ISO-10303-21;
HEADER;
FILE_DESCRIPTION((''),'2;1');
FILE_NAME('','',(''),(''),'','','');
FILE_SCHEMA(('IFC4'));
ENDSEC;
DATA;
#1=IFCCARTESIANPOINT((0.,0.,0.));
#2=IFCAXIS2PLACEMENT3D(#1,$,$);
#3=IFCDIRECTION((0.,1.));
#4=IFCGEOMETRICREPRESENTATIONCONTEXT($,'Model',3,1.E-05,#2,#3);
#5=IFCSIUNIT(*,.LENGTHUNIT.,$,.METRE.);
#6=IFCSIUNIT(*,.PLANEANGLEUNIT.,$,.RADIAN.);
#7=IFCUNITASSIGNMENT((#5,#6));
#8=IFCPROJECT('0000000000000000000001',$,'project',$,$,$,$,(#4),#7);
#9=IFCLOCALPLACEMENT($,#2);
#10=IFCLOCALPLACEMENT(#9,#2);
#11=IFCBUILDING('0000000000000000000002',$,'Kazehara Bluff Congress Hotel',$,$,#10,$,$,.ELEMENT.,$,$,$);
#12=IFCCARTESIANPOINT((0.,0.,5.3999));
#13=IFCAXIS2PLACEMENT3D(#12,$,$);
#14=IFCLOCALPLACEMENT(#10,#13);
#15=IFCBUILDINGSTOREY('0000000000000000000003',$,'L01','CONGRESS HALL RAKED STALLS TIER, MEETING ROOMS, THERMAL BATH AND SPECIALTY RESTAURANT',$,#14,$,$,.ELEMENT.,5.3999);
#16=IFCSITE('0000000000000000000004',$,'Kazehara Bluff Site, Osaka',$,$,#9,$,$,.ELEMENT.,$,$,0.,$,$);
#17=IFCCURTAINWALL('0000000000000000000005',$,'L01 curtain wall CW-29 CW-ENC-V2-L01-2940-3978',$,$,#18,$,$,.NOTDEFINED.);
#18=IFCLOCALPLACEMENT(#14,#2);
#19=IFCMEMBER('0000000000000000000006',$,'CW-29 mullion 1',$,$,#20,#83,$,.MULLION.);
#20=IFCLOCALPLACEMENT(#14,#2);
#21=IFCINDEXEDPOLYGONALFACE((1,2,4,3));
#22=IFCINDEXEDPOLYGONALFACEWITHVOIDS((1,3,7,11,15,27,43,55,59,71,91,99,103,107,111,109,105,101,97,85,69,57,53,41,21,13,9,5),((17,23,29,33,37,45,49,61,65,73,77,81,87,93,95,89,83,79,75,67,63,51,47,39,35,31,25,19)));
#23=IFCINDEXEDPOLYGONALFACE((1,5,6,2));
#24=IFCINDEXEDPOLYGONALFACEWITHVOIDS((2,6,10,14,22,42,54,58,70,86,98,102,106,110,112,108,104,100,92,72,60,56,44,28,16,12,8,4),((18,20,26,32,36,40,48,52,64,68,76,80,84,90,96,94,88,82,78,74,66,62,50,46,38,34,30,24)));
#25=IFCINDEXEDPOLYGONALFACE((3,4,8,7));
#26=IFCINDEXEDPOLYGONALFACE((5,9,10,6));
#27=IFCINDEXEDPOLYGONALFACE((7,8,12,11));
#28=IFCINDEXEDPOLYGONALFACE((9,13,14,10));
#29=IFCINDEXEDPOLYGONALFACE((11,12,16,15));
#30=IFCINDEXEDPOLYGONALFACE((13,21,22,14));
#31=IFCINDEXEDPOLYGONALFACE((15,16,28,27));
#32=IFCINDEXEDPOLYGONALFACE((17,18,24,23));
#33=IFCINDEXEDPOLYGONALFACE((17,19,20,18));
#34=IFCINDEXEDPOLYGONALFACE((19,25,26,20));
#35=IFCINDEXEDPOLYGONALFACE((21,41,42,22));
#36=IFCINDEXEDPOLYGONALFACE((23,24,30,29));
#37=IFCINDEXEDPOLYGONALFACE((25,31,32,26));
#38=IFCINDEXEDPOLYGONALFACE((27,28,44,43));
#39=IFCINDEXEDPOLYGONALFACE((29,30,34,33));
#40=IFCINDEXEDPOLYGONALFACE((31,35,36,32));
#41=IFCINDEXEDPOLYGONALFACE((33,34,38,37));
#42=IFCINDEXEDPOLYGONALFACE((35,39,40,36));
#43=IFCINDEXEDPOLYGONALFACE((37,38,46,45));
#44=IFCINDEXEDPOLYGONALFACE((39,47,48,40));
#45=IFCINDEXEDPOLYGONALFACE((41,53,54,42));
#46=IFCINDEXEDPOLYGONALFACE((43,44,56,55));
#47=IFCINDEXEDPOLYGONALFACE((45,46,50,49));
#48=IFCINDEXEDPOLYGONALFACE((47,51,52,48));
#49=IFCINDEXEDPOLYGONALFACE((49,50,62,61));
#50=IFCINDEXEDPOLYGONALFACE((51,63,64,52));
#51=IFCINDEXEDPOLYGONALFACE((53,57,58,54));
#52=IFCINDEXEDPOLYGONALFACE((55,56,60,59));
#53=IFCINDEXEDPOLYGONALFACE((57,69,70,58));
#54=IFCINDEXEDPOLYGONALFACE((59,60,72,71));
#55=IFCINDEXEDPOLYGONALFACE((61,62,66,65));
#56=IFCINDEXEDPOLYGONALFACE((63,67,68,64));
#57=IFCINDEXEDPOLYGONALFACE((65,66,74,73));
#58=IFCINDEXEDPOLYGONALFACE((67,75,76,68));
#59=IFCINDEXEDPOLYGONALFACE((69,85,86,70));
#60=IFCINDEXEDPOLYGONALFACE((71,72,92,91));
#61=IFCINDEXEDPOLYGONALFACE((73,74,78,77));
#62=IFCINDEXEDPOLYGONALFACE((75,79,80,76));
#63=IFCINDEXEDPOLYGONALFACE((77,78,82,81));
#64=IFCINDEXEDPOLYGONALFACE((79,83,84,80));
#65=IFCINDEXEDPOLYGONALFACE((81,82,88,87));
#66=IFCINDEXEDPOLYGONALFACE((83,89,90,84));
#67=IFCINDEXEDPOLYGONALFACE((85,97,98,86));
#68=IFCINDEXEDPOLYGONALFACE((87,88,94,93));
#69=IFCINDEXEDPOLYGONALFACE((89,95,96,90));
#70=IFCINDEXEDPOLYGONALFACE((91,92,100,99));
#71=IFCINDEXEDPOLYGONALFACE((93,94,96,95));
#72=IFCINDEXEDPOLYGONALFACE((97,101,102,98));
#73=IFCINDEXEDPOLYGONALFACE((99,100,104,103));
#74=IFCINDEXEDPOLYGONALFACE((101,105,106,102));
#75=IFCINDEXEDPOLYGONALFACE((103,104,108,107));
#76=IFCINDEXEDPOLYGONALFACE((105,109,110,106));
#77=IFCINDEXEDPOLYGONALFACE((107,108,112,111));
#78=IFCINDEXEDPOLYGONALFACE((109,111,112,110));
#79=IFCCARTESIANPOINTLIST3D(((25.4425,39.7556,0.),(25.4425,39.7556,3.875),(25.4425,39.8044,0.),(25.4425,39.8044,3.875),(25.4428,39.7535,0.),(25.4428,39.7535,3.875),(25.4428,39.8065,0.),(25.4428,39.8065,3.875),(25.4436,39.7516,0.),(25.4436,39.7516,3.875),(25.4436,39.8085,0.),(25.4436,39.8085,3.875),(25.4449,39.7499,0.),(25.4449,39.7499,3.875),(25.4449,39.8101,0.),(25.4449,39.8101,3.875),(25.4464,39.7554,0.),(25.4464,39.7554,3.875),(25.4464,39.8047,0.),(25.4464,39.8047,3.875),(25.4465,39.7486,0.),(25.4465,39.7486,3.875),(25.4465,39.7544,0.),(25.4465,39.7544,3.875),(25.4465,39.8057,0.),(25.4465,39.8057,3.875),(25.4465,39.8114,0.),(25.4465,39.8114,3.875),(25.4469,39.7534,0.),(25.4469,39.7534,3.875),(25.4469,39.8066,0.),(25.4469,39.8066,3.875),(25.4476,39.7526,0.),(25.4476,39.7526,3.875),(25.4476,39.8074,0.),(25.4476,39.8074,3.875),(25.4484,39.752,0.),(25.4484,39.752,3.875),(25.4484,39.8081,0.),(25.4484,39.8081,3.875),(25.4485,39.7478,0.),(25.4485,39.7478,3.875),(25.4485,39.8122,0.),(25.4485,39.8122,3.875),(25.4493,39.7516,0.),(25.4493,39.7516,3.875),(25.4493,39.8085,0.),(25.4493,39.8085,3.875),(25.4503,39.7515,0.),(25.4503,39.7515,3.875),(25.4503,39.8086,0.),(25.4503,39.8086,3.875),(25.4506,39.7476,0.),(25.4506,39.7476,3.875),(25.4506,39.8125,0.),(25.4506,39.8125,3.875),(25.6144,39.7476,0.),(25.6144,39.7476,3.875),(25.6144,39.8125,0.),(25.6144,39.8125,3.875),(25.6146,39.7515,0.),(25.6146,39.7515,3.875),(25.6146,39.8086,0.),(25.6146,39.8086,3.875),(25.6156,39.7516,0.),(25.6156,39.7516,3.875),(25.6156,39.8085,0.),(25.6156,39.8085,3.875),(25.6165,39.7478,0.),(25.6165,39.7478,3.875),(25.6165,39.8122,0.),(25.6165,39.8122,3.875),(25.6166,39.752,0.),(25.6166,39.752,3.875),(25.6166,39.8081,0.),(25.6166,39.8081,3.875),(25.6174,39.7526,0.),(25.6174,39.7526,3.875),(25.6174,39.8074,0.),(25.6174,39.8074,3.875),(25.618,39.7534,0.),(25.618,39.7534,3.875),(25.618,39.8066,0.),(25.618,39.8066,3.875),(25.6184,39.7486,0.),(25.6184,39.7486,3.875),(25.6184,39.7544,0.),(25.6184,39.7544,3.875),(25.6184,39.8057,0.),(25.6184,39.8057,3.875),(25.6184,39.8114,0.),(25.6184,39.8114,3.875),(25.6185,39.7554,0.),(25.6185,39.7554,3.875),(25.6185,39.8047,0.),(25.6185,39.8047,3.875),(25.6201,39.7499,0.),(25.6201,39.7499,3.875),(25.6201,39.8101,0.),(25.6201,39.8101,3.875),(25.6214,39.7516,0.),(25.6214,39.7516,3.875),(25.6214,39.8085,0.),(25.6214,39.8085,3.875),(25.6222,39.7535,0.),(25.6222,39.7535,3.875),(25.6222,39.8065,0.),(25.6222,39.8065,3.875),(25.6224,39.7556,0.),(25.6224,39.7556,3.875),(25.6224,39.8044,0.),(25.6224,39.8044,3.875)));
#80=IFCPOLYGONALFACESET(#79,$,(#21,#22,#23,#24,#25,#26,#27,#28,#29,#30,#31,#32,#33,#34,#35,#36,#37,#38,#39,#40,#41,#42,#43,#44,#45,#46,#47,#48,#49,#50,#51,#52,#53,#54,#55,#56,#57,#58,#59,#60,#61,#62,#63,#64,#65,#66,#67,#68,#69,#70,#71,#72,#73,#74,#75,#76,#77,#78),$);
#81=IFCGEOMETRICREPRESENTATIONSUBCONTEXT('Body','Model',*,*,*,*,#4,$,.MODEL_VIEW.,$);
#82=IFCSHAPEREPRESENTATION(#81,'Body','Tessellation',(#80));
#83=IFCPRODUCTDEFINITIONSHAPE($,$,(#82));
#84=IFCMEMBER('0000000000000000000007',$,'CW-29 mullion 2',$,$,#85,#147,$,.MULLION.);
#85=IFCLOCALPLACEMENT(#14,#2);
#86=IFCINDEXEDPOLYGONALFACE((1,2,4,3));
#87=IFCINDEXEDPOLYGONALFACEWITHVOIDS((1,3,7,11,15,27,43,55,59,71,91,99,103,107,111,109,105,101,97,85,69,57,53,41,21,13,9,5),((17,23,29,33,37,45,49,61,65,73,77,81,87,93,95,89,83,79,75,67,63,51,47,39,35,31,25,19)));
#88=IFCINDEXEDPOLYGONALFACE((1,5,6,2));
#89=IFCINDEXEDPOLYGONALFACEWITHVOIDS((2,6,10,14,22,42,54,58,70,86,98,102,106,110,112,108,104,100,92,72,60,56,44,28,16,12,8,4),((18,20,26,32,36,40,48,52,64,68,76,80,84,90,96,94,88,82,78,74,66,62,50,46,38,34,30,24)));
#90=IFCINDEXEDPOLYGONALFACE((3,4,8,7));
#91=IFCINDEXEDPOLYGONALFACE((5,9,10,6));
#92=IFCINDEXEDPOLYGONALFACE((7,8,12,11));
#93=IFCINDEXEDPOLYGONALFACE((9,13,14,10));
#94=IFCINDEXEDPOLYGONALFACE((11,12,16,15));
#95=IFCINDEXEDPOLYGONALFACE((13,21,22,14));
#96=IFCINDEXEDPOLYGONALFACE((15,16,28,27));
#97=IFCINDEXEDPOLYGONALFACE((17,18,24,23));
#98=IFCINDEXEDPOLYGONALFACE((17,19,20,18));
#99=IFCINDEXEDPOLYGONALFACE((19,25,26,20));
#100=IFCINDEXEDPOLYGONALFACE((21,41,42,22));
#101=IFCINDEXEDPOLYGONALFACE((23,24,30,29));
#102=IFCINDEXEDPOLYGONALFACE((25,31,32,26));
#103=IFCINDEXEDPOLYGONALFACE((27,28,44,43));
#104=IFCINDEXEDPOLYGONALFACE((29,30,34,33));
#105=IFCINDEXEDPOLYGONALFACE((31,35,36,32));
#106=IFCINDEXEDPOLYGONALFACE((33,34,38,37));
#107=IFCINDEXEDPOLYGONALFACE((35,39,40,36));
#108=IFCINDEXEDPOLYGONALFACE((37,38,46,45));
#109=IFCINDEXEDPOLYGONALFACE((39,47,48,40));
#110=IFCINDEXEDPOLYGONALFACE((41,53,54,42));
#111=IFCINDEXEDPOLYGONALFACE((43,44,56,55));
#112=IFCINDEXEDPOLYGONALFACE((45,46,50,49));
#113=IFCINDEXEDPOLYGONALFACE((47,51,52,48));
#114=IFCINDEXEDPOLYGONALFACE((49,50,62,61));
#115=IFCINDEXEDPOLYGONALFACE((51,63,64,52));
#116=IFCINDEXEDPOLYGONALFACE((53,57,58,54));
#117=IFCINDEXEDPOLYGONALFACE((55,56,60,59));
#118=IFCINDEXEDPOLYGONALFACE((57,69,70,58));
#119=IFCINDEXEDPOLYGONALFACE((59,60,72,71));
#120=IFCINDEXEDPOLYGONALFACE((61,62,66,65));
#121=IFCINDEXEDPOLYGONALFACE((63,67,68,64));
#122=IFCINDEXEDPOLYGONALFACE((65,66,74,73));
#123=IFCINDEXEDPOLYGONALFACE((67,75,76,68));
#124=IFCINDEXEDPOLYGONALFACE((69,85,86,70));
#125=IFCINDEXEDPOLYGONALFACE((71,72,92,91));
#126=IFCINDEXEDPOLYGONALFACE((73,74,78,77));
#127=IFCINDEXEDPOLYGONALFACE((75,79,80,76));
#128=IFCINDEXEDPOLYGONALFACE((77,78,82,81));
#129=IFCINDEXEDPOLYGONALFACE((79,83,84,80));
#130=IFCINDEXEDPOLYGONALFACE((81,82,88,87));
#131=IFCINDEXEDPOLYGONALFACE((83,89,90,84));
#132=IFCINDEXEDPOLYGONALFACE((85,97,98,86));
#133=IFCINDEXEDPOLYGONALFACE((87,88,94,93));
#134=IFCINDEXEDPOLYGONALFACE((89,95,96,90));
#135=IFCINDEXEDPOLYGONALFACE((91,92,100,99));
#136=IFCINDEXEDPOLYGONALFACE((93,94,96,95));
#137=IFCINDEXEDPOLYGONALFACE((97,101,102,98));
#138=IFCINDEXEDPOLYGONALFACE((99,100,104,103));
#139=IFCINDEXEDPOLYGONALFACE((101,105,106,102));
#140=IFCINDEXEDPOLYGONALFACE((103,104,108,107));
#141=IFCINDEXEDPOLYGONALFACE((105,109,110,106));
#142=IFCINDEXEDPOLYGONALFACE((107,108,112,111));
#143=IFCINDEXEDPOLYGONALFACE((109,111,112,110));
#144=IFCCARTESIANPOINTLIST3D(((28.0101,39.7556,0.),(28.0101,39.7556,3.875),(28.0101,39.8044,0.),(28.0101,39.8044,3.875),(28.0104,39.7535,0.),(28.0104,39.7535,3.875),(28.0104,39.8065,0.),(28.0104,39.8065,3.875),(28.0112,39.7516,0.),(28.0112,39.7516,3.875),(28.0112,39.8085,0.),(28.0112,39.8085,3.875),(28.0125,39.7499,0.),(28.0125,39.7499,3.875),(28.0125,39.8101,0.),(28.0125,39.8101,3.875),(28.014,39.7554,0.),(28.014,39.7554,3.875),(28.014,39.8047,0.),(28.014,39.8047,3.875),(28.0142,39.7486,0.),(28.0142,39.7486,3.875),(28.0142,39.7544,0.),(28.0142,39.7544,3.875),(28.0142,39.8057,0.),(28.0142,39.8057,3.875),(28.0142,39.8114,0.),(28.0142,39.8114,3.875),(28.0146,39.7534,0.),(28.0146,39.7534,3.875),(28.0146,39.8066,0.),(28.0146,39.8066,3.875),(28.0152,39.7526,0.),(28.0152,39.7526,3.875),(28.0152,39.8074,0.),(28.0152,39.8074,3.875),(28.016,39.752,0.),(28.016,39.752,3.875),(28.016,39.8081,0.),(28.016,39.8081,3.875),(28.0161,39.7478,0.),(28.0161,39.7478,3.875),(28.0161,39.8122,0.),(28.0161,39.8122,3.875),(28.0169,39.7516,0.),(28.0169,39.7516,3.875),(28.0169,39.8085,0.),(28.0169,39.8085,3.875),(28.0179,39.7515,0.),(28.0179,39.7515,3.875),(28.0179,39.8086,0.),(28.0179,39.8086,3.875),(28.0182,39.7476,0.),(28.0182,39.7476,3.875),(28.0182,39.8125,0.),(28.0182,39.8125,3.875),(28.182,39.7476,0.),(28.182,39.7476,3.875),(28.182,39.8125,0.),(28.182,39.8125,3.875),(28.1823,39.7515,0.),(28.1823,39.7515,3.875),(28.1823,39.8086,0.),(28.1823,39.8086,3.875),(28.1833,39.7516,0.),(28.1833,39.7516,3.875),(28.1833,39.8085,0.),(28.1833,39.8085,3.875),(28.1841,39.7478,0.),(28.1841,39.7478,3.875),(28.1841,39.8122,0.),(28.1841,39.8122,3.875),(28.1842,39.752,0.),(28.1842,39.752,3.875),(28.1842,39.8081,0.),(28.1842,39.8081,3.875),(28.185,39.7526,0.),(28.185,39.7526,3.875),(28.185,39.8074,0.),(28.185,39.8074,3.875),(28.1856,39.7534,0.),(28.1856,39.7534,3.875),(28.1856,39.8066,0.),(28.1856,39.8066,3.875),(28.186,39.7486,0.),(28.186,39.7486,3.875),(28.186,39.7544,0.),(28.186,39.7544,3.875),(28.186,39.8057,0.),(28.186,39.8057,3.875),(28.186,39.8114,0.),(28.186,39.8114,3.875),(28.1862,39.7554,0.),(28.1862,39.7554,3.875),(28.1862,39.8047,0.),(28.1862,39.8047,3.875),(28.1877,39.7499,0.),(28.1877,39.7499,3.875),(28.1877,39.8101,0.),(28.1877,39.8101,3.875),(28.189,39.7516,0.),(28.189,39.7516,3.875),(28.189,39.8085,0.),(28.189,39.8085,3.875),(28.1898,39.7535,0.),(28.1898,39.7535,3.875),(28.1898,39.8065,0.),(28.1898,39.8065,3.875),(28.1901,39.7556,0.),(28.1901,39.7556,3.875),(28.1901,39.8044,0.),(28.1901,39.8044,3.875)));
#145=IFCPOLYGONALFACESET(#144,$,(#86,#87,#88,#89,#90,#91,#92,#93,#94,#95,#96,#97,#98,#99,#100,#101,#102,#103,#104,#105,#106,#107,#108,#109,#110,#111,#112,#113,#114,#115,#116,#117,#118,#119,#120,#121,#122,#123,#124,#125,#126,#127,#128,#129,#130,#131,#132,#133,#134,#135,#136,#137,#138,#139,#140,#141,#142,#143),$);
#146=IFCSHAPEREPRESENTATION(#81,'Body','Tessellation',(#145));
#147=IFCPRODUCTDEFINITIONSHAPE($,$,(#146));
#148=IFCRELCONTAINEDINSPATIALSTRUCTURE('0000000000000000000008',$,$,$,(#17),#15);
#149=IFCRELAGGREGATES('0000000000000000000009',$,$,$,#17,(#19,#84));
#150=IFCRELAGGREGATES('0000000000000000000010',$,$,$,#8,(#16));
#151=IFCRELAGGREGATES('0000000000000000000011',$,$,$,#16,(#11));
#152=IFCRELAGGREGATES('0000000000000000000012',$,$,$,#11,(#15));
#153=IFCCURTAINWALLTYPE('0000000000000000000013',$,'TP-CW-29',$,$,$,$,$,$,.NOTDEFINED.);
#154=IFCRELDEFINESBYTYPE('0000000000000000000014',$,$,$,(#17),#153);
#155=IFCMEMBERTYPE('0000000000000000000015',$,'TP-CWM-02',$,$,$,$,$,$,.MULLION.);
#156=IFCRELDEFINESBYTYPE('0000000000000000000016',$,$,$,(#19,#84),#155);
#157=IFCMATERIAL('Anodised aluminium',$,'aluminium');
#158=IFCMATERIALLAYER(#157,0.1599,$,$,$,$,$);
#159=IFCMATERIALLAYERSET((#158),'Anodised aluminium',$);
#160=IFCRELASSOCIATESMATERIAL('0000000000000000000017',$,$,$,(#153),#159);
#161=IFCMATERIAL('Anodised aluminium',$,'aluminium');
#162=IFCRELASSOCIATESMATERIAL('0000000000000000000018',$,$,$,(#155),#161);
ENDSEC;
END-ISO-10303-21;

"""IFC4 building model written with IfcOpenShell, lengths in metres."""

from ifc_helpers import new_model, si_unit, direction, frame, origin, origin_2d, place, context, subcontext, project, spatial, hollow_rectangle, extrude, material, layer, layer_set, material_profile, profile_set, type_object, element, aggregate, save


model = new_model("IFC4")

# Units and contexts
model_context = context("Model", 3, precision=1e-05, world=origin(), true_north=direction((0.0, 1.0)))
body_context = subcontext(model_context, "Body", "Model", "MODEL_VIEW")
ifc_project = project(units=[si_unit("LENGTHUNIT", "METRE"), si_unit("PLANEANGLEUNIT", "RADIAN")], contexts=[model_context])

# Site, building, storey
site_placement = place(None, origin())
site = spatial("IfcSite", under=ifc_project, at=site_placement, Name="Kazehara Bluff Site, Osaka", CompositionType="ELEMENT", RefElevation=0.0)
building_placement = place(site_placement, origin())
building = spatial("IfcBuilding", under=site, at=building_placement, Name="Kazehara Bluff Congress Hotel", CompositionType="ELEMENT")
storey_placement = place(building_placement, frame((0.0, 0.0, 5.3999)))
storey = spatial("IfcBuildingStorey", under=building, at=storey_placement, Name="L01", Description="CONGRESS HALL RAKED STALLS TIER, MEETING ROOMS, THERMAL BATH AND SPECIALTY RESTAURANT", CompositionType="ELEMENT", Elevation=5.3999)

# Curtain wall, members
ifc_material_1 = material(Name="Anodised aluminium", Category="aluminium")
ifc_layer_1 = layer(ifc_material_1, 0.1599)
ifc_layer_set_1 = layer_set([ifc_layer_1], Name="Anodised aluminium")
curtain_wall_type_1 = type_object("IfcCurtainWallType", Name="TP-CW-29", PredefinedType="NOTDEFINED", material=ifc_layer_set_1)
curtain_wall_1_placement = place(storey_placement, origin())
curtain_wall_1 = element("IfcCurtainWall", 1, at=curtain_wall_1_placement, inside=storey, type_object=curtain_wall_type_1, Name="L01 curtain wall CW-29 CW-ENC-V2-L01-2940-3978", PredefinedType="NOTDEFINED")
ifc_material_2 = material(Name="Anodised aluminium", Category="aluminium")
ifc_material_profile_1 = material_profile(ifc_material_2, hollow_rectangle(XDim=0.0649, YDim=0.1799, WallThickness=0.0039, InnerFilletRadius=0.0039, OuterFilletRadius=0.0081, at=origin_2d()))
ifc_profile_set_1 = profile_set([ifc_material_profile_1], Name="Anodised aluminium")
member_type_1 = type_object("IfcMemberType", Name="TP-CWM-02", PredefinedType="MULLION", material=ifc_profile_set_1)
member_1_placement = place(storey_placement, frame((25.5325, 39.78, 0.0), z_axis=(0.0, 0.0, 1.0), x_axis=(0.0, 1.0, 0.0)))
member_1 = element("IfcMember", 2, at=member_1_placement, type_object=member_type_1, Name="CW-29 mullion 1", PredefinedType="MULLION", context=body_context, shape_type="SweptSolid", body=[
    extrude(hollow_rectangle(XDim=0.0649, YDim=0.1799, WallThickness=0.0039, InnerFilletRadius=0.0039, OuterFilletRadius=0.0081, at=origin_2d()), origin(), (0.0, 0.0, 1.0), 3.875),
])
member_2_placement = place(storey_placement, frame((28.1001, 39.78, 0.0), z_axis=(0.0, 0.0, 1.0), x_axis=(0.0, 1.0, 0.0)))
member_2 = element("IfcMember", 3, at=member_2_placement, type_object=member_type_1, Name="CW-29 mullion 2", PredefinedType="MULLION", context=body_context, shape_type="SweptSolid", body=[
    extrude(hollow_rectangle(XDim=0.0649, YDim=0.1799, WallThickness=0.0039, InnerFilletRadius=0.0039, OuterFilletRadius=0.0081, at=origin_2d()), origin(), (0.0, 0.0, 1.0), 3.875),
])

aggregate(curtain_wall_1, [member_1, member_2])

save(model, "model.ifc")
